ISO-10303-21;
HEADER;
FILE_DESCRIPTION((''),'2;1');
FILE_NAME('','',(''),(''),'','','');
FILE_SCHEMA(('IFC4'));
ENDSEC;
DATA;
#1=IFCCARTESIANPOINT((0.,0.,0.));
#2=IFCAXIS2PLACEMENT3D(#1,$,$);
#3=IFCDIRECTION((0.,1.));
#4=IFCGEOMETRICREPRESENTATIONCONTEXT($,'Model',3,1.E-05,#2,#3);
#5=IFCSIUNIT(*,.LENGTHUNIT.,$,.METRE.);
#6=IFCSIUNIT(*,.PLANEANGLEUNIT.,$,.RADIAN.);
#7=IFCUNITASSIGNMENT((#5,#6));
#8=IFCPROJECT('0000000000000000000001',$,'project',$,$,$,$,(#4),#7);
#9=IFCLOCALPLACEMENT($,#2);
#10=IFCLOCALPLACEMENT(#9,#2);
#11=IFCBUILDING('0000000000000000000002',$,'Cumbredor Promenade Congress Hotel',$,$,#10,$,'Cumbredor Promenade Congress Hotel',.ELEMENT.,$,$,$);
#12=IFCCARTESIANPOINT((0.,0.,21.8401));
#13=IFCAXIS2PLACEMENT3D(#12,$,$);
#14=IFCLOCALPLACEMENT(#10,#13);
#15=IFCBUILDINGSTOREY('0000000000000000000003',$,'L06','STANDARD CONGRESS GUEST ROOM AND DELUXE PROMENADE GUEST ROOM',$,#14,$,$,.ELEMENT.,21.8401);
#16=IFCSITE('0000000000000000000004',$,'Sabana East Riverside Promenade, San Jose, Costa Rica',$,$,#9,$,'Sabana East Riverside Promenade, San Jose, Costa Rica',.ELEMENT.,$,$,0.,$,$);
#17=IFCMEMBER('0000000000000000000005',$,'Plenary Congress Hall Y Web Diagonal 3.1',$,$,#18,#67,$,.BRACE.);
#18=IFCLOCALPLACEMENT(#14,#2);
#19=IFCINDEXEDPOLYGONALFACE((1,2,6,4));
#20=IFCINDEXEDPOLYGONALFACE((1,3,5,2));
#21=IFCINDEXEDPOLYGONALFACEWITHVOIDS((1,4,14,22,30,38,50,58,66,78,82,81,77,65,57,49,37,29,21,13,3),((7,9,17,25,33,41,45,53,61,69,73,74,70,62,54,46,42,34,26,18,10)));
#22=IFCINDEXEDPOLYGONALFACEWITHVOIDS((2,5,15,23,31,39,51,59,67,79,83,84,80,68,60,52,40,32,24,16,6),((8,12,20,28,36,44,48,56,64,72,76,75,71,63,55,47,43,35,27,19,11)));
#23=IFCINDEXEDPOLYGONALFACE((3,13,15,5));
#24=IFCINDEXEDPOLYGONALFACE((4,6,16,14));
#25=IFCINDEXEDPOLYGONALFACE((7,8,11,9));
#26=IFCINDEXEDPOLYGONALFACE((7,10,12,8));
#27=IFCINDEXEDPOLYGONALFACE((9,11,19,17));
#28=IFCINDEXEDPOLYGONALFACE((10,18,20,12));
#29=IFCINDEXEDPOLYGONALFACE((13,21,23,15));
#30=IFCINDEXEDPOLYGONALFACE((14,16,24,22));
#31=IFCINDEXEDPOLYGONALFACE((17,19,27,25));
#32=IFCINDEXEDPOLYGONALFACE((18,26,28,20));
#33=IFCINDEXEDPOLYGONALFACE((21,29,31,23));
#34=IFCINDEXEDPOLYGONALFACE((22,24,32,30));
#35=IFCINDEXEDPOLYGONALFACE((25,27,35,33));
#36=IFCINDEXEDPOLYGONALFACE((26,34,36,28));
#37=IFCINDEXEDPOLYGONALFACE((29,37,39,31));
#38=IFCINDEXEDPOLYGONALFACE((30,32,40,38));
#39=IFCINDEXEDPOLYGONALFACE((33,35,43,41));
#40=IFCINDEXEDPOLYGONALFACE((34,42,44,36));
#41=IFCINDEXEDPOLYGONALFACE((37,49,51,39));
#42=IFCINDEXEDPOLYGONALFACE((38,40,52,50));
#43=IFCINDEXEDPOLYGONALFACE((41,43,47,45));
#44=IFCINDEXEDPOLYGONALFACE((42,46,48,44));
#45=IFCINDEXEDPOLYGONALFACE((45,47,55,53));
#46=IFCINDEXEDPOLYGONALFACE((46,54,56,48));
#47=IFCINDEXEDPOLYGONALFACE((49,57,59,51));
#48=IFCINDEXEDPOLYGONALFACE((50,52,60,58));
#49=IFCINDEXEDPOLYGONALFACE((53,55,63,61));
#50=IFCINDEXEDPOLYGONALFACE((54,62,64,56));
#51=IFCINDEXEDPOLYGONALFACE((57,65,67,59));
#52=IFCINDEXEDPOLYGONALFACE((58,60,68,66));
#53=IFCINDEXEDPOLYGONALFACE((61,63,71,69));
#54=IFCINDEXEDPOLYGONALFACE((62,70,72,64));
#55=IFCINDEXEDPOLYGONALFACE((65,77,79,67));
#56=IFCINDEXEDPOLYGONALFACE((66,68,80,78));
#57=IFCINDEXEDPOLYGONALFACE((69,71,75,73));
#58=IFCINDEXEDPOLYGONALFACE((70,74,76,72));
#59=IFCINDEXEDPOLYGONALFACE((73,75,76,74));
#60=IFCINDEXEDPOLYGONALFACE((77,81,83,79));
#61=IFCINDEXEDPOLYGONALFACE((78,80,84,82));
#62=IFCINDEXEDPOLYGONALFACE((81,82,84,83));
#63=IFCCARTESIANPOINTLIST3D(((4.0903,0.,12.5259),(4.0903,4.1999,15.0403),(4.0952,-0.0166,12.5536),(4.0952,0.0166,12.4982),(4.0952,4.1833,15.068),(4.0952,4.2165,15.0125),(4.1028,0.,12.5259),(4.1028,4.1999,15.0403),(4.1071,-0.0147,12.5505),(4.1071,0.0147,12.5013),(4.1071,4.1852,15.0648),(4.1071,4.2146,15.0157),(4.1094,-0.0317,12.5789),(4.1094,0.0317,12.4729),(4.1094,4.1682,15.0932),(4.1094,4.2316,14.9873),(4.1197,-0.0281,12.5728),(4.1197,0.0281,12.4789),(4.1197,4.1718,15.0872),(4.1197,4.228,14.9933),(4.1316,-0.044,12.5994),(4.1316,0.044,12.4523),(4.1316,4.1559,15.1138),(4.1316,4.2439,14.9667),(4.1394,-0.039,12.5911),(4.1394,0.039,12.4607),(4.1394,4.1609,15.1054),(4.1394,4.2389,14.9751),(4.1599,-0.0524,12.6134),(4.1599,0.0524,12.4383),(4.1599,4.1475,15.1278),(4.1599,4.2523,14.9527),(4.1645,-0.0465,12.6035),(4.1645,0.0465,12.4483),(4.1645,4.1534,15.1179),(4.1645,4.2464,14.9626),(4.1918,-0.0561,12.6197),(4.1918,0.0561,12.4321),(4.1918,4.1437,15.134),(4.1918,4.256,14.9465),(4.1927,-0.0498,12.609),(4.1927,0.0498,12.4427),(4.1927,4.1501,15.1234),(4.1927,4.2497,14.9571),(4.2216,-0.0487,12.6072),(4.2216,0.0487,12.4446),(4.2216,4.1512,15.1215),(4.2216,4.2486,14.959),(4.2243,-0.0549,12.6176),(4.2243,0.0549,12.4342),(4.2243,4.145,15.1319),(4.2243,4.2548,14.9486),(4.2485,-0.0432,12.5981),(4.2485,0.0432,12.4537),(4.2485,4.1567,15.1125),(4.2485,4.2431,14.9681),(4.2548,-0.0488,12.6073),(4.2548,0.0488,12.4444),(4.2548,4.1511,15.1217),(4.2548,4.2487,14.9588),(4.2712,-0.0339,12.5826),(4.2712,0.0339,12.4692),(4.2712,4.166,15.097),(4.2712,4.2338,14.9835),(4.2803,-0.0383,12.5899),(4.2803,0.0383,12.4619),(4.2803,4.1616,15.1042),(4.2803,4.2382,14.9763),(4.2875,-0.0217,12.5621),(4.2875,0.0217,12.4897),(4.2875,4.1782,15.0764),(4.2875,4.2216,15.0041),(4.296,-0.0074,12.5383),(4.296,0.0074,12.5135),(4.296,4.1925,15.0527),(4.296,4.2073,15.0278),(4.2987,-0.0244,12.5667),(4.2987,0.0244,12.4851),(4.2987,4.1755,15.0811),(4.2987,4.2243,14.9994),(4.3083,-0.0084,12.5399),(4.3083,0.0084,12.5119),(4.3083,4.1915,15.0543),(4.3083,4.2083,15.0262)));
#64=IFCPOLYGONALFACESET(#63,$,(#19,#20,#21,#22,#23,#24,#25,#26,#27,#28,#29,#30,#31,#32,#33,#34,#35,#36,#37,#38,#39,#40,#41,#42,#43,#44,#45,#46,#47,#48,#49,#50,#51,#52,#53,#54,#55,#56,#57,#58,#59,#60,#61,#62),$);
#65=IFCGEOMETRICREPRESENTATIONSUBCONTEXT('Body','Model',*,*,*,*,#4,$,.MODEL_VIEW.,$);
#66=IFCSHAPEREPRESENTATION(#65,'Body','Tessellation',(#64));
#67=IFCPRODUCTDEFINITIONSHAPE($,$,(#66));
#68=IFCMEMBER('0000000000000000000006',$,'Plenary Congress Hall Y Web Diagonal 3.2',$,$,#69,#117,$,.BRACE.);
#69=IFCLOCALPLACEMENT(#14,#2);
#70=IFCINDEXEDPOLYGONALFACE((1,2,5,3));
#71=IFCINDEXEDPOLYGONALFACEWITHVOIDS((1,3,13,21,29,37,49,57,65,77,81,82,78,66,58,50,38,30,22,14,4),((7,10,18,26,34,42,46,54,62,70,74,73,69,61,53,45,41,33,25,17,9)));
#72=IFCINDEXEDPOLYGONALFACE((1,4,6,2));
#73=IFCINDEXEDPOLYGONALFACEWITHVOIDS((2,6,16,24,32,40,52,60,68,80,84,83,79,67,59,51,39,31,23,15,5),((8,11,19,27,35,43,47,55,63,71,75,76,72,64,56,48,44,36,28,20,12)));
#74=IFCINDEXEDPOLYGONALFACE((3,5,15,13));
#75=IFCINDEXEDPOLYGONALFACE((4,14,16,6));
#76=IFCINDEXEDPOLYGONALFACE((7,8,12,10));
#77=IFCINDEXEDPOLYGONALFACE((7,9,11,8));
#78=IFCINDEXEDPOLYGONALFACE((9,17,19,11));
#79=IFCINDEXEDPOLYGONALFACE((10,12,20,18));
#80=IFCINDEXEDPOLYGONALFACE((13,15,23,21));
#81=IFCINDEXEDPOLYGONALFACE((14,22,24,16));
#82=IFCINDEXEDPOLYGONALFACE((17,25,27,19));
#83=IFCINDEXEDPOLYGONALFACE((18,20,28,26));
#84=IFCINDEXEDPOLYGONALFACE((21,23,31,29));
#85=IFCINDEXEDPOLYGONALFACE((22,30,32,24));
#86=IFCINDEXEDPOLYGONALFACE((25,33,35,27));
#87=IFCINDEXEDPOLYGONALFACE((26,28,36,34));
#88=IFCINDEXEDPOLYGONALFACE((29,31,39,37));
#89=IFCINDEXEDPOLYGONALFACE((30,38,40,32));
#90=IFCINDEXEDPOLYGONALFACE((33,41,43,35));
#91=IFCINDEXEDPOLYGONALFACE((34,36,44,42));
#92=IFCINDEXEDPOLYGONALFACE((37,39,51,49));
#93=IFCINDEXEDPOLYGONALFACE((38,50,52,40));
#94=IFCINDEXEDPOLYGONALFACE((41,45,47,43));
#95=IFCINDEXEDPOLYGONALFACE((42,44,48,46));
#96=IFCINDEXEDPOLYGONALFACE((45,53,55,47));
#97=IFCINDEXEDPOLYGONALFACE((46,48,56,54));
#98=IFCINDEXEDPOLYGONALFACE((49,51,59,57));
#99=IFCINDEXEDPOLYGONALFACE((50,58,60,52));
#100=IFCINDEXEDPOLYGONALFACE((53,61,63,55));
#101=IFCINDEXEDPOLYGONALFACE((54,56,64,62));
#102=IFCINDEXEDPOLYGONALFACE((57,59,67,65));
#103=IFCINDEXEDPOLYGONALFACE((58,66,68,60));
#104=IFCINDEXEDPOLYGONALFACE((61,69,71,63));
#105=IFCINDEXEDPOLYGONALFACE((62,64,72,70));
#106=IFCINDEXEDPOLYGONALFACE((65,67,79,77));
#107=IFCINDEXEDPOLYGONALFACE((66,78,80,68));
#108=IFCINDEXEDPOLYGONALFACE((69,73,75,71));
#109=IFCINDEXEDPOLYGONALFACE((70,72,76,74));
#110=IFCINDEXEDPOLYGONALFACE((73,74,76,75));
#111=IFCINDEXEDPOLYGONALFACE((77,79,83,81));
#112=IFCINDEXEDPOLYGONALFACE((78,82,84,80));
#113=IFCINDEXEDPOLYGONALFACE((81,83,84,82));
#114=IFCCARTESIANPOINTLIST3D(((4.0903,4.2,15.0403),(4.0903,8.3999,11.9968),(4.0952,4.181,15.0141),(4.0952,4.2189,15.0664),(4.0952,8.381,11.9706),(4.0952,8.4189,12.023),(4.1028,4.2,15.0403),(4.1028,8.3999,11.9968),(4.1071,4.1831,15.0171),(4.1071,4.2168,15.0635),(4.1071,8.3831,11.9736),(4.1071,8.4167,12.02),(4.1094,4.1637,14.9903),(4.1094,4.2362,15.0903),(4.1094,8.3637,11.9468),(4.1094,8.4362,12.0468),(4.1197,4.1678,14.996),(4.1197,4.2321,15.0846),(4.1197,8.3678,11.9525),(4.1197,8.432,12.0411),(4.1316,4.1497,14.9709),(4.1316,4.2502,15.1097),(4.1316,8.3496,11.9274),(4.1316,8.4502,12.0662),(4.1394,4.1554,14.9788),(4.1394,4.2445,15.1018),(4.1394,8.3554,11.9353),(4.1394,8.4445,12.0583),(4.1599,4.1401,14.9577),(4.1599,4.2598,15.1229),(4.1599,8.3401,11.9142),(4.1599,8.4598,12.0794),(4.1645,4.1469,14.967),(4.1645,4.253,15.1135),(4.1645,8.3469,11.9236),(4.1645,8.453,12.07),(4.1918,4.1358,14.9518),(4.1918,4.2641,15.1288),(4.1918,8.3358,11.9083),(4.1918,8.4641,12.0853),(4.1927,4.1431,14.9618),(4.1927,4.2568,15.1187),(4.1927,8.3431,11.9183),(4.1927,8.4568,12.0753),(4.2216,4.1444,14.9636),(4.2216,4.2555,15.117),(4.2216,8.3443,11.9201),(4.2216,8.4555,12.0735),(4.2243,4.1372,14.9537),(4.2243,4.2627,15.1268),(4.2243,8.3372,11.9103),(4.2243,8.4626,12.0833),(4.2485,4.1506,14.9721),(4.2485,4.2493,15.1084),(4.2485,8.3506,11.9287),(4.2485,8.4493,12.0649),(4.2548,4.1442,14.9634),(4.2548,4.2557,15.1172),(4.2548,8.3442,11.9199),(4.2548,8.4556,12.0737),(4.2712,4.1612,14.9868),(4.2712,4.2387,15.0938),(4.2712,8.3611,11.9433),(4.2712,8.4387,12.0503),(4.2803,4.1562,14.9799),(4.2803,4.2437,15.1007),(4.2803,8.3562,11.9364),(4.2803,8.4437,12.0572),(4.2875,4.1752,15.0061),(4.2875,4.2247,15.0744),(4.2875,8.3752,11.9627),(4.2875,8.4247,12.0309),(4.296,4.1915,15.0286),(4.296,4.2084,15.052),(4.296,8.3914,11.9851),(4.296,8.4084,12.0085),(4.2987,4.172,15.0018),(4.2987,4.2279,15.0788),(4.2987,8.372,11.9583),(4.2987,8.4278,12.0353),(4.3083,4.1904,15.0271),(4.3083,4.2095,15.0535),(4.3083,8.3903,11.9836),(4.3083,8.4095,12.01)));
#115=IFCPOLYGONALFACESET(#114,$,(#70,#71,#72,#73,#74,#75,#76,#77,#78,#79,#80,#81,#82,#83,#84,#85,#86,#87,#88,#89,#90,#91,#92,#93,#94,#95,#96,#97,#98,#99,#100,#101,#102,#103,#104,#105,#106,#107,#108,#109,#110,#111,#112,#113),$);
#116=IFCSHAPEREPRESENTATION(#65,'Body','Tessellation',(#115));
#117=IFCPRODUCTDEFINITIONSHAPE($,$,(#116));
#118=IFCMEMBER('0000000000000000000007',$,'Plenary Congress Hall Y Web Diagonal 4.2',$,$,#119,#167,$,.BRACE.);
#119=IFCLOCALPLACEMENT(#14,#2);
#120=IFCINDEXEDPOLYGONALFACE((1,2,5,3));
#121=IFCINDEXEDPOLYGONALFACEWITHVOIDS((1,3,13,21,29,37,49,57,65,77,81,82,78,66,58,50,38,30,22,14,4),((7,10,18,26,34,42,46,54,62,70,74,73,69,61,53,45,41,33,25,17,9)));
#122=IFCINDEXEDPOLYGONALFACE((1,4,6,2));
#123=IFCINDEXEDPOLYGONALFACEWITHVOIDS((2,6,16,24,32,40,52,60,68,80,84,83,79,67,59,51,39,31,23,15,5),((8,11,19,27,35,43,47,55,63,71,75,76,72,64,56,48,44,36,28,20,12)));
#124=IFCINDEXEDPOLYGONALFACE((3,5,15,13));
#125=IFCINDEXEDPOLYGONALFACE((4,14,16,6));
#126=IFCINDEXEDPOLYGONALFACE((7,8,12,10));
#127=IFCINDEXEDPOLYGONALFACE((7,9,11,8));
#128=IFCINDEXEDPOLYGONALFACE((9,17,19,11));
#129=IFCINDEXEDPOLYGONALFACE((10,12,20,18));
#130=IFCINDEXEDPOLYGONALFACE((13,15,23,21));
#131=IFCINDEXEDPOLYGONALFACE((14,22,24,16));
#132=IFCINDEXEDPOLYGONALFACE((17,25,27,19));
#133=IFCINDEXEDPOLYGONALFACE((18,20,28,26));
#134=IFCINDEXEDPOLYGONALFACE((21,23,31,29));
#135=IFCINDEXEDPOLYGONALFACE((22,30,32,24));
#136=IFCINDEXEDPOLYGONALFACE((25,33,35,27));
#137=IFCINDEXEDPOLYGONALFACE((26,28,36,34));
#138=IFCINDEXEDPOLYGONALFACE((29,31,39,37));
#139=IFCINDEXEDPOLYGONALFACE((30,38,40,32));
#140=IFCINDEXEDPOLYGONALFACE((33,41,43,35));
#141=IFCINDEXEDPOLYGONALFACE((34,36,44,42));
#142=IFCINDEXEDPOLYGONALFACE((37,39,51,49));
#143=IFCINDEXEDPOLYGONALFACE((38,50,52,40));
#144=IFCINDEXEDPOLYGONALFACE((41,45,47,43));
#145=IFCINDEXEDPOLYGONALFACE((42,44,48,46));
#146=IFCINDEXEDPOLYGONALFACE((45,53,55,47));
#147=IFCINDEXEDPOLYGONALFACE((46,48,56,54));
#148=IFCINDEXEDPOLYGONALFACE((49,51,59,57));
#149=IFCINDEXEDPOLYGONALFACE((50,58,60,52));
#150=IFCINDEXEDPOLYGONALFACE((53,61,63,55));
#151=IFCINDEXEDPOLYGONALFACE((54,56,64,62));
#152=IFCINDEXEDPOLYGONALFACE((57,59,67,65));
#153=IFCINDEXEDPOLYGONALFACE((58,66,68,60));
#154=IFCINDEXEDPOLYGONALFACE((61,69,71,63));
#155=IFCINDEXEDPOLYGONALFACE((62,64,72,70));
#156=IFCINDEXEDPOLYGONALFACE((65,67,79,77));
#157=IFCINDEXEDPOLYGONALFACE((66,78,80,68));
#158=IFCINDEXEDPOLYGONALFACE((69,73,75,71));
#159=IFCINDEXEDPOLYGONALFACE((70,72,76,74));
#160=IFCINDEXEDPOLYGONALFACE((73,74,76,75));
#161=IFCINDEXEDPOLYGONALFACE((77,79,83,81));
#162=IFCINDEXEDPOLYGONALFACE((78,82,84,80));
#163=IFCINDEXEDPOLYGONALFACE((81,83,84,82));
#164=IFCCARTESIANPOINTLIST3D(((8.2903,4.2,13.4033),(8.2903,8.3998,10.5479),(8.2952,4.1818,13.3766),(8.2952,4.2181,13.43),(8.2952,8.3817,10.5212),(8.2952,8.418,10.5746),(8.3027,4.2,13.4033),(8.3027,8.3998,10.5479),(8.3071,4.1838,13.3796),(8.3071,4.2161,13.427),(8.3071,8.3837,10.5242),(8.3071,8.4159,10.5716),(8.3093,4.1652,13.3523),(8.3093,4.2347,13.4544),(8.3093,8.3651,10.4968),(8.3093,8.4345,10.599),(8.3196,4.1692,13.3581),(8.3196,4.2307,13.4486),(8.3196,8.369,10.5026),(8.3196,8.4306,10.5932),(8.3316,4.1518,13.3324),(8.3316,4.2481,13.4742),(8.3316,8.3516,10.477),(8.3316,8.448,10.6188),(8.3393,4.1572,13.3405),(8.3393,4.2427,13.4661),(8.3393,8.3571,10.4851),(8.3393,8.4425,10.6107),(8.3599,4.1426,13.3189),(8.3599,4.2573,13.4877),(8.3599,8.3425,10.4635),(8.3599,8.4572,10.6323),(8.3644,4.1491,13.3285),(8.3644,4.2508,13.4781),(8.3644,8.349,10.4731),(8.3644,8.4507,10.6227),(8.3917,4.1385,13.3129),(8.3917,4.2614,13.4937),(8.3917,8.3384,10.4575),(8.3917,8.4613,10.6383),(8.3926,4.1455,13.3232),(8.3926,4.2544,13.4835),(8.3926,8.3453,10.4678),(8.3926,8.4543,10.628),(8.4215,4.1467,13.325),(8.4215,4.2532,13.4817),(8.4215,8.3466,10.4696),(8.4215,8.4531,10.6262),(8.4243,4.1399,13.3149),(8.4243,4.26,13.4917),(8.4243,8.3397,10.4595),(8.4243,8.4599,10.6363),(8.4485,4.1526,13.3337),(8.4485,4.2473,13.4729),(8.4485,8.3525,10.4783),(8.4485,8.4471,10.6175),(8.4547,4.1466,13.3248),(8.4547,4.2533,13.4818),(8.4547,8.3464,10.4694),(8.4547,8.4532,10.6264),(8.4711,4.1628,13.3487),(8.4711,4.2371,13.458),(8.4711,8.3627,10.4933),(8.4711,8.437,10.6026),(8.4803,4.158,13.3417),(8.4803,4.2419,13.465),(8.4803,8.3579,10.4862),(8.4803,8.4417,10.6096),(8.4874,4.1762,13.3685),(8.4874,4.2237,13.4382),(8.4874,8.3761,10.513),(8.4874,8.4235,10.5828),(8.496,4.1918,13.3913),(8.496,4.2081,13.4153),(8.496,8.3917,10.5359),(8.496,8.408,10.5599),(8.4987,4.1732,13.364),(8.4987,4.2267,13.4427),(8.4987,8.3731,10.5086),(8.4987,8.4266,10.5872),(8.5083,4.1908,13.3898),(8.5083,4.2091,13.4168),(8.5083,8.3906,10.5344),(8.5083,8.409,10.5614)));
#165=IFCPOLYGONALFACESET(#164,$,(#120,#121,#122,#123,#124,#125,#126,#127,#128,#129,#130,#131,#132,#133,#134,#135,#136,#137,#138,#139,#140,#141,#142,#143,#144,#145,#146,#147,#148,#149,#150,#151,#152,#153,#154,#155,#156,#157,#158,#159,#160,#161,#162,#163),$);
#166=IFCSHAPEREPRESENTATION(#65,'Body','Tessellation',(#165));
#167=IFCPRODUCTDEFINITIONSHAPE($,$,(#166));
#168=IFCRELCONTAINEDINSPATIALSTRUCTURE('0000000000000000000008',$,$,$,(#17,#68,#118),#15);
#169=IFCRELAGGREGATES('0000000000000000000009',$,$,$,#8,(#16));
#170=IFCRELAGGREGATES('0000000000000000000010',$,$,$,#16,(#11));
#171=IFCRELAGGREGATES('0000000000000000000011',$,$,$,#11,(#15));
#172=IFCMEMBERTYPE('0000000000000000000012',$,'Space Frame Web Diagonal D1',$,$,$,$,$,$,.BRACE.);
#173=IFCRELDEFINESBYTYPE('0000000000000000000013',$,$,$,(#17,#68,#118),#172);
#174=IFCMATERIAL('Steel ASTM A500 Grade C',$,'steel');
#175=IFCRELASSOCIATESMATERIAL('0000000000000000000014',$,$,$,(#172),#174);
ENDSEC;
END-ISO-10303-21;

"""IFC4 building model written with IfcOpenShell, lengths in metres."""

from ifc_helpers import new_model, si_unit, direction, frame, origin, origin_2d, place, context, subcontext, project, spatial, hollow_circle, extrude, material, material_profile, profile_set, type_object, element, save


model = new_model("IFC4")

# Units and contexts
model_context = context("Model", 3, precision=1e-05, world=origin(), true_north=direction((0.0, 1.0)))
body_context = subcontext(model_context, "Body", "Model", "MODEL_VIEW")
ifc_project = project(units=[si_unit("LENGTHUNIT", "METRE"), si_unit("PLANEANGLEUNIT", "RADIAN")], contexts=[model_context])

# Site, building, storey
site_placement = place(None, origin())
site = spatial("IfcSite", under=ifc_project, at=site_placement, Name="Sabana East Riverside Promenade, San Jose, Costa Rica", LongName="Sabana East Riverside Promenade, San Jose, Costa Rica", CompositionType="ELEMENT", RefElevation=0.0)
building_placement = place(site_placement, origin())
building = spatial("IfcBuilding", under=site, at=building_placement, Name="Cumbredor Promenade Congress Hotel", LongName="Cumbredor Promenade Congress Hotel", CompositionType="ELEMENT")
storey_placement = place(building_placement, frame((0.0, 0.0, 21.8401)))
storey = spatial("IfcBuildingStorey", under=building, at=storey_placement, Name="L06", Description="STANDARD CONGRESS GUEST ROOM AND DELUXE PROMENADE GUEST ROOM", CompositionType="ELEMENT", Elevation=21.8401)

# Members
ifc_material_1 = material(Name="Steel ASTM A500 Grade C", Category="steel")
ifc_material_profile_1 = material_profile(ifc_material_1, hollow_circle(Radius=0.1096, WallThickness=0.0125, at=origin_2d()), Name="CHS 219.1x12.5")
ifc_profile_set_1 = profile_set([ifc_material_profile_1], Name="Steel ASTM A500 Grade C")
member_type_1 = type_object("IfcMemberType", Name="Space Frame Web Diagonal D1", PredefinedType="BRACE", material=ifc_profile_set_1)
member_1_placement = place(storey_placement, frame((4.2, 0.0, 12.5259), z_axis=(0.0, 0.857994, 0.513659), x_axis=(-1.0, 0.0, 0.0)))
element("IfcMember", 1, at=member_1_placement, inside=storey, type_object=member_type_1, Name="Plenary Congress Hall Y Web Diagonal 3.1", PredefinedType="BRACE", context=body_context, shape_type="SweptSolid", body=[
    extrude(hollow_circle(Radius=0.1096, WallThickness=0.0125, at=origin_2d()), origin(), (0.0, 0.0, 1.0), 4.895),
])
member_2_placement = place(storey_placement, frame((4.2, 4.2, 15.0403), z_axis=(0.0, 0.809749, -0.586777), x_axis=(-1.0, 0.0, 0.0)))
element("IfcMember", 2, at=member_2_placement, inside=storey, type_object=member_type_1, Name="Plenary Congress Hall Y Web Diagonal 3.2", PredefinedType="BRACE", context=body_context, shape_type="SweptSolid", body=[
    extrude(hollow_circle(Radius=0.1096, WallThickness=0.0125, at=origin_2d()), origin(), (0.0, 0.0, 1.0), 5.1868),
])
member_3_placement = place(storey_placement, frame((8.3999, 4.2, 13.4033), z_axis=(0.0, 0.826972, -0.562243), x_axis=(-1.0, 0.0, 0.0)))
element("IfcMember", 3, at=member_3_placement, inside=storey, type_object=member_type_1, Name="Plenary Congress Hall Y Web Diagonal 4.2", PredefinedType="BRACE", context=body_context, shape_type="SweptSolid", body=[
    extrude(hollow_circle(Radius=0.1096, WallThickness=0.0125, at=origin_2d()), origin(), (0.0, 0.0, 1.0), 5.0786),
])

save(model, "model.ifc")
